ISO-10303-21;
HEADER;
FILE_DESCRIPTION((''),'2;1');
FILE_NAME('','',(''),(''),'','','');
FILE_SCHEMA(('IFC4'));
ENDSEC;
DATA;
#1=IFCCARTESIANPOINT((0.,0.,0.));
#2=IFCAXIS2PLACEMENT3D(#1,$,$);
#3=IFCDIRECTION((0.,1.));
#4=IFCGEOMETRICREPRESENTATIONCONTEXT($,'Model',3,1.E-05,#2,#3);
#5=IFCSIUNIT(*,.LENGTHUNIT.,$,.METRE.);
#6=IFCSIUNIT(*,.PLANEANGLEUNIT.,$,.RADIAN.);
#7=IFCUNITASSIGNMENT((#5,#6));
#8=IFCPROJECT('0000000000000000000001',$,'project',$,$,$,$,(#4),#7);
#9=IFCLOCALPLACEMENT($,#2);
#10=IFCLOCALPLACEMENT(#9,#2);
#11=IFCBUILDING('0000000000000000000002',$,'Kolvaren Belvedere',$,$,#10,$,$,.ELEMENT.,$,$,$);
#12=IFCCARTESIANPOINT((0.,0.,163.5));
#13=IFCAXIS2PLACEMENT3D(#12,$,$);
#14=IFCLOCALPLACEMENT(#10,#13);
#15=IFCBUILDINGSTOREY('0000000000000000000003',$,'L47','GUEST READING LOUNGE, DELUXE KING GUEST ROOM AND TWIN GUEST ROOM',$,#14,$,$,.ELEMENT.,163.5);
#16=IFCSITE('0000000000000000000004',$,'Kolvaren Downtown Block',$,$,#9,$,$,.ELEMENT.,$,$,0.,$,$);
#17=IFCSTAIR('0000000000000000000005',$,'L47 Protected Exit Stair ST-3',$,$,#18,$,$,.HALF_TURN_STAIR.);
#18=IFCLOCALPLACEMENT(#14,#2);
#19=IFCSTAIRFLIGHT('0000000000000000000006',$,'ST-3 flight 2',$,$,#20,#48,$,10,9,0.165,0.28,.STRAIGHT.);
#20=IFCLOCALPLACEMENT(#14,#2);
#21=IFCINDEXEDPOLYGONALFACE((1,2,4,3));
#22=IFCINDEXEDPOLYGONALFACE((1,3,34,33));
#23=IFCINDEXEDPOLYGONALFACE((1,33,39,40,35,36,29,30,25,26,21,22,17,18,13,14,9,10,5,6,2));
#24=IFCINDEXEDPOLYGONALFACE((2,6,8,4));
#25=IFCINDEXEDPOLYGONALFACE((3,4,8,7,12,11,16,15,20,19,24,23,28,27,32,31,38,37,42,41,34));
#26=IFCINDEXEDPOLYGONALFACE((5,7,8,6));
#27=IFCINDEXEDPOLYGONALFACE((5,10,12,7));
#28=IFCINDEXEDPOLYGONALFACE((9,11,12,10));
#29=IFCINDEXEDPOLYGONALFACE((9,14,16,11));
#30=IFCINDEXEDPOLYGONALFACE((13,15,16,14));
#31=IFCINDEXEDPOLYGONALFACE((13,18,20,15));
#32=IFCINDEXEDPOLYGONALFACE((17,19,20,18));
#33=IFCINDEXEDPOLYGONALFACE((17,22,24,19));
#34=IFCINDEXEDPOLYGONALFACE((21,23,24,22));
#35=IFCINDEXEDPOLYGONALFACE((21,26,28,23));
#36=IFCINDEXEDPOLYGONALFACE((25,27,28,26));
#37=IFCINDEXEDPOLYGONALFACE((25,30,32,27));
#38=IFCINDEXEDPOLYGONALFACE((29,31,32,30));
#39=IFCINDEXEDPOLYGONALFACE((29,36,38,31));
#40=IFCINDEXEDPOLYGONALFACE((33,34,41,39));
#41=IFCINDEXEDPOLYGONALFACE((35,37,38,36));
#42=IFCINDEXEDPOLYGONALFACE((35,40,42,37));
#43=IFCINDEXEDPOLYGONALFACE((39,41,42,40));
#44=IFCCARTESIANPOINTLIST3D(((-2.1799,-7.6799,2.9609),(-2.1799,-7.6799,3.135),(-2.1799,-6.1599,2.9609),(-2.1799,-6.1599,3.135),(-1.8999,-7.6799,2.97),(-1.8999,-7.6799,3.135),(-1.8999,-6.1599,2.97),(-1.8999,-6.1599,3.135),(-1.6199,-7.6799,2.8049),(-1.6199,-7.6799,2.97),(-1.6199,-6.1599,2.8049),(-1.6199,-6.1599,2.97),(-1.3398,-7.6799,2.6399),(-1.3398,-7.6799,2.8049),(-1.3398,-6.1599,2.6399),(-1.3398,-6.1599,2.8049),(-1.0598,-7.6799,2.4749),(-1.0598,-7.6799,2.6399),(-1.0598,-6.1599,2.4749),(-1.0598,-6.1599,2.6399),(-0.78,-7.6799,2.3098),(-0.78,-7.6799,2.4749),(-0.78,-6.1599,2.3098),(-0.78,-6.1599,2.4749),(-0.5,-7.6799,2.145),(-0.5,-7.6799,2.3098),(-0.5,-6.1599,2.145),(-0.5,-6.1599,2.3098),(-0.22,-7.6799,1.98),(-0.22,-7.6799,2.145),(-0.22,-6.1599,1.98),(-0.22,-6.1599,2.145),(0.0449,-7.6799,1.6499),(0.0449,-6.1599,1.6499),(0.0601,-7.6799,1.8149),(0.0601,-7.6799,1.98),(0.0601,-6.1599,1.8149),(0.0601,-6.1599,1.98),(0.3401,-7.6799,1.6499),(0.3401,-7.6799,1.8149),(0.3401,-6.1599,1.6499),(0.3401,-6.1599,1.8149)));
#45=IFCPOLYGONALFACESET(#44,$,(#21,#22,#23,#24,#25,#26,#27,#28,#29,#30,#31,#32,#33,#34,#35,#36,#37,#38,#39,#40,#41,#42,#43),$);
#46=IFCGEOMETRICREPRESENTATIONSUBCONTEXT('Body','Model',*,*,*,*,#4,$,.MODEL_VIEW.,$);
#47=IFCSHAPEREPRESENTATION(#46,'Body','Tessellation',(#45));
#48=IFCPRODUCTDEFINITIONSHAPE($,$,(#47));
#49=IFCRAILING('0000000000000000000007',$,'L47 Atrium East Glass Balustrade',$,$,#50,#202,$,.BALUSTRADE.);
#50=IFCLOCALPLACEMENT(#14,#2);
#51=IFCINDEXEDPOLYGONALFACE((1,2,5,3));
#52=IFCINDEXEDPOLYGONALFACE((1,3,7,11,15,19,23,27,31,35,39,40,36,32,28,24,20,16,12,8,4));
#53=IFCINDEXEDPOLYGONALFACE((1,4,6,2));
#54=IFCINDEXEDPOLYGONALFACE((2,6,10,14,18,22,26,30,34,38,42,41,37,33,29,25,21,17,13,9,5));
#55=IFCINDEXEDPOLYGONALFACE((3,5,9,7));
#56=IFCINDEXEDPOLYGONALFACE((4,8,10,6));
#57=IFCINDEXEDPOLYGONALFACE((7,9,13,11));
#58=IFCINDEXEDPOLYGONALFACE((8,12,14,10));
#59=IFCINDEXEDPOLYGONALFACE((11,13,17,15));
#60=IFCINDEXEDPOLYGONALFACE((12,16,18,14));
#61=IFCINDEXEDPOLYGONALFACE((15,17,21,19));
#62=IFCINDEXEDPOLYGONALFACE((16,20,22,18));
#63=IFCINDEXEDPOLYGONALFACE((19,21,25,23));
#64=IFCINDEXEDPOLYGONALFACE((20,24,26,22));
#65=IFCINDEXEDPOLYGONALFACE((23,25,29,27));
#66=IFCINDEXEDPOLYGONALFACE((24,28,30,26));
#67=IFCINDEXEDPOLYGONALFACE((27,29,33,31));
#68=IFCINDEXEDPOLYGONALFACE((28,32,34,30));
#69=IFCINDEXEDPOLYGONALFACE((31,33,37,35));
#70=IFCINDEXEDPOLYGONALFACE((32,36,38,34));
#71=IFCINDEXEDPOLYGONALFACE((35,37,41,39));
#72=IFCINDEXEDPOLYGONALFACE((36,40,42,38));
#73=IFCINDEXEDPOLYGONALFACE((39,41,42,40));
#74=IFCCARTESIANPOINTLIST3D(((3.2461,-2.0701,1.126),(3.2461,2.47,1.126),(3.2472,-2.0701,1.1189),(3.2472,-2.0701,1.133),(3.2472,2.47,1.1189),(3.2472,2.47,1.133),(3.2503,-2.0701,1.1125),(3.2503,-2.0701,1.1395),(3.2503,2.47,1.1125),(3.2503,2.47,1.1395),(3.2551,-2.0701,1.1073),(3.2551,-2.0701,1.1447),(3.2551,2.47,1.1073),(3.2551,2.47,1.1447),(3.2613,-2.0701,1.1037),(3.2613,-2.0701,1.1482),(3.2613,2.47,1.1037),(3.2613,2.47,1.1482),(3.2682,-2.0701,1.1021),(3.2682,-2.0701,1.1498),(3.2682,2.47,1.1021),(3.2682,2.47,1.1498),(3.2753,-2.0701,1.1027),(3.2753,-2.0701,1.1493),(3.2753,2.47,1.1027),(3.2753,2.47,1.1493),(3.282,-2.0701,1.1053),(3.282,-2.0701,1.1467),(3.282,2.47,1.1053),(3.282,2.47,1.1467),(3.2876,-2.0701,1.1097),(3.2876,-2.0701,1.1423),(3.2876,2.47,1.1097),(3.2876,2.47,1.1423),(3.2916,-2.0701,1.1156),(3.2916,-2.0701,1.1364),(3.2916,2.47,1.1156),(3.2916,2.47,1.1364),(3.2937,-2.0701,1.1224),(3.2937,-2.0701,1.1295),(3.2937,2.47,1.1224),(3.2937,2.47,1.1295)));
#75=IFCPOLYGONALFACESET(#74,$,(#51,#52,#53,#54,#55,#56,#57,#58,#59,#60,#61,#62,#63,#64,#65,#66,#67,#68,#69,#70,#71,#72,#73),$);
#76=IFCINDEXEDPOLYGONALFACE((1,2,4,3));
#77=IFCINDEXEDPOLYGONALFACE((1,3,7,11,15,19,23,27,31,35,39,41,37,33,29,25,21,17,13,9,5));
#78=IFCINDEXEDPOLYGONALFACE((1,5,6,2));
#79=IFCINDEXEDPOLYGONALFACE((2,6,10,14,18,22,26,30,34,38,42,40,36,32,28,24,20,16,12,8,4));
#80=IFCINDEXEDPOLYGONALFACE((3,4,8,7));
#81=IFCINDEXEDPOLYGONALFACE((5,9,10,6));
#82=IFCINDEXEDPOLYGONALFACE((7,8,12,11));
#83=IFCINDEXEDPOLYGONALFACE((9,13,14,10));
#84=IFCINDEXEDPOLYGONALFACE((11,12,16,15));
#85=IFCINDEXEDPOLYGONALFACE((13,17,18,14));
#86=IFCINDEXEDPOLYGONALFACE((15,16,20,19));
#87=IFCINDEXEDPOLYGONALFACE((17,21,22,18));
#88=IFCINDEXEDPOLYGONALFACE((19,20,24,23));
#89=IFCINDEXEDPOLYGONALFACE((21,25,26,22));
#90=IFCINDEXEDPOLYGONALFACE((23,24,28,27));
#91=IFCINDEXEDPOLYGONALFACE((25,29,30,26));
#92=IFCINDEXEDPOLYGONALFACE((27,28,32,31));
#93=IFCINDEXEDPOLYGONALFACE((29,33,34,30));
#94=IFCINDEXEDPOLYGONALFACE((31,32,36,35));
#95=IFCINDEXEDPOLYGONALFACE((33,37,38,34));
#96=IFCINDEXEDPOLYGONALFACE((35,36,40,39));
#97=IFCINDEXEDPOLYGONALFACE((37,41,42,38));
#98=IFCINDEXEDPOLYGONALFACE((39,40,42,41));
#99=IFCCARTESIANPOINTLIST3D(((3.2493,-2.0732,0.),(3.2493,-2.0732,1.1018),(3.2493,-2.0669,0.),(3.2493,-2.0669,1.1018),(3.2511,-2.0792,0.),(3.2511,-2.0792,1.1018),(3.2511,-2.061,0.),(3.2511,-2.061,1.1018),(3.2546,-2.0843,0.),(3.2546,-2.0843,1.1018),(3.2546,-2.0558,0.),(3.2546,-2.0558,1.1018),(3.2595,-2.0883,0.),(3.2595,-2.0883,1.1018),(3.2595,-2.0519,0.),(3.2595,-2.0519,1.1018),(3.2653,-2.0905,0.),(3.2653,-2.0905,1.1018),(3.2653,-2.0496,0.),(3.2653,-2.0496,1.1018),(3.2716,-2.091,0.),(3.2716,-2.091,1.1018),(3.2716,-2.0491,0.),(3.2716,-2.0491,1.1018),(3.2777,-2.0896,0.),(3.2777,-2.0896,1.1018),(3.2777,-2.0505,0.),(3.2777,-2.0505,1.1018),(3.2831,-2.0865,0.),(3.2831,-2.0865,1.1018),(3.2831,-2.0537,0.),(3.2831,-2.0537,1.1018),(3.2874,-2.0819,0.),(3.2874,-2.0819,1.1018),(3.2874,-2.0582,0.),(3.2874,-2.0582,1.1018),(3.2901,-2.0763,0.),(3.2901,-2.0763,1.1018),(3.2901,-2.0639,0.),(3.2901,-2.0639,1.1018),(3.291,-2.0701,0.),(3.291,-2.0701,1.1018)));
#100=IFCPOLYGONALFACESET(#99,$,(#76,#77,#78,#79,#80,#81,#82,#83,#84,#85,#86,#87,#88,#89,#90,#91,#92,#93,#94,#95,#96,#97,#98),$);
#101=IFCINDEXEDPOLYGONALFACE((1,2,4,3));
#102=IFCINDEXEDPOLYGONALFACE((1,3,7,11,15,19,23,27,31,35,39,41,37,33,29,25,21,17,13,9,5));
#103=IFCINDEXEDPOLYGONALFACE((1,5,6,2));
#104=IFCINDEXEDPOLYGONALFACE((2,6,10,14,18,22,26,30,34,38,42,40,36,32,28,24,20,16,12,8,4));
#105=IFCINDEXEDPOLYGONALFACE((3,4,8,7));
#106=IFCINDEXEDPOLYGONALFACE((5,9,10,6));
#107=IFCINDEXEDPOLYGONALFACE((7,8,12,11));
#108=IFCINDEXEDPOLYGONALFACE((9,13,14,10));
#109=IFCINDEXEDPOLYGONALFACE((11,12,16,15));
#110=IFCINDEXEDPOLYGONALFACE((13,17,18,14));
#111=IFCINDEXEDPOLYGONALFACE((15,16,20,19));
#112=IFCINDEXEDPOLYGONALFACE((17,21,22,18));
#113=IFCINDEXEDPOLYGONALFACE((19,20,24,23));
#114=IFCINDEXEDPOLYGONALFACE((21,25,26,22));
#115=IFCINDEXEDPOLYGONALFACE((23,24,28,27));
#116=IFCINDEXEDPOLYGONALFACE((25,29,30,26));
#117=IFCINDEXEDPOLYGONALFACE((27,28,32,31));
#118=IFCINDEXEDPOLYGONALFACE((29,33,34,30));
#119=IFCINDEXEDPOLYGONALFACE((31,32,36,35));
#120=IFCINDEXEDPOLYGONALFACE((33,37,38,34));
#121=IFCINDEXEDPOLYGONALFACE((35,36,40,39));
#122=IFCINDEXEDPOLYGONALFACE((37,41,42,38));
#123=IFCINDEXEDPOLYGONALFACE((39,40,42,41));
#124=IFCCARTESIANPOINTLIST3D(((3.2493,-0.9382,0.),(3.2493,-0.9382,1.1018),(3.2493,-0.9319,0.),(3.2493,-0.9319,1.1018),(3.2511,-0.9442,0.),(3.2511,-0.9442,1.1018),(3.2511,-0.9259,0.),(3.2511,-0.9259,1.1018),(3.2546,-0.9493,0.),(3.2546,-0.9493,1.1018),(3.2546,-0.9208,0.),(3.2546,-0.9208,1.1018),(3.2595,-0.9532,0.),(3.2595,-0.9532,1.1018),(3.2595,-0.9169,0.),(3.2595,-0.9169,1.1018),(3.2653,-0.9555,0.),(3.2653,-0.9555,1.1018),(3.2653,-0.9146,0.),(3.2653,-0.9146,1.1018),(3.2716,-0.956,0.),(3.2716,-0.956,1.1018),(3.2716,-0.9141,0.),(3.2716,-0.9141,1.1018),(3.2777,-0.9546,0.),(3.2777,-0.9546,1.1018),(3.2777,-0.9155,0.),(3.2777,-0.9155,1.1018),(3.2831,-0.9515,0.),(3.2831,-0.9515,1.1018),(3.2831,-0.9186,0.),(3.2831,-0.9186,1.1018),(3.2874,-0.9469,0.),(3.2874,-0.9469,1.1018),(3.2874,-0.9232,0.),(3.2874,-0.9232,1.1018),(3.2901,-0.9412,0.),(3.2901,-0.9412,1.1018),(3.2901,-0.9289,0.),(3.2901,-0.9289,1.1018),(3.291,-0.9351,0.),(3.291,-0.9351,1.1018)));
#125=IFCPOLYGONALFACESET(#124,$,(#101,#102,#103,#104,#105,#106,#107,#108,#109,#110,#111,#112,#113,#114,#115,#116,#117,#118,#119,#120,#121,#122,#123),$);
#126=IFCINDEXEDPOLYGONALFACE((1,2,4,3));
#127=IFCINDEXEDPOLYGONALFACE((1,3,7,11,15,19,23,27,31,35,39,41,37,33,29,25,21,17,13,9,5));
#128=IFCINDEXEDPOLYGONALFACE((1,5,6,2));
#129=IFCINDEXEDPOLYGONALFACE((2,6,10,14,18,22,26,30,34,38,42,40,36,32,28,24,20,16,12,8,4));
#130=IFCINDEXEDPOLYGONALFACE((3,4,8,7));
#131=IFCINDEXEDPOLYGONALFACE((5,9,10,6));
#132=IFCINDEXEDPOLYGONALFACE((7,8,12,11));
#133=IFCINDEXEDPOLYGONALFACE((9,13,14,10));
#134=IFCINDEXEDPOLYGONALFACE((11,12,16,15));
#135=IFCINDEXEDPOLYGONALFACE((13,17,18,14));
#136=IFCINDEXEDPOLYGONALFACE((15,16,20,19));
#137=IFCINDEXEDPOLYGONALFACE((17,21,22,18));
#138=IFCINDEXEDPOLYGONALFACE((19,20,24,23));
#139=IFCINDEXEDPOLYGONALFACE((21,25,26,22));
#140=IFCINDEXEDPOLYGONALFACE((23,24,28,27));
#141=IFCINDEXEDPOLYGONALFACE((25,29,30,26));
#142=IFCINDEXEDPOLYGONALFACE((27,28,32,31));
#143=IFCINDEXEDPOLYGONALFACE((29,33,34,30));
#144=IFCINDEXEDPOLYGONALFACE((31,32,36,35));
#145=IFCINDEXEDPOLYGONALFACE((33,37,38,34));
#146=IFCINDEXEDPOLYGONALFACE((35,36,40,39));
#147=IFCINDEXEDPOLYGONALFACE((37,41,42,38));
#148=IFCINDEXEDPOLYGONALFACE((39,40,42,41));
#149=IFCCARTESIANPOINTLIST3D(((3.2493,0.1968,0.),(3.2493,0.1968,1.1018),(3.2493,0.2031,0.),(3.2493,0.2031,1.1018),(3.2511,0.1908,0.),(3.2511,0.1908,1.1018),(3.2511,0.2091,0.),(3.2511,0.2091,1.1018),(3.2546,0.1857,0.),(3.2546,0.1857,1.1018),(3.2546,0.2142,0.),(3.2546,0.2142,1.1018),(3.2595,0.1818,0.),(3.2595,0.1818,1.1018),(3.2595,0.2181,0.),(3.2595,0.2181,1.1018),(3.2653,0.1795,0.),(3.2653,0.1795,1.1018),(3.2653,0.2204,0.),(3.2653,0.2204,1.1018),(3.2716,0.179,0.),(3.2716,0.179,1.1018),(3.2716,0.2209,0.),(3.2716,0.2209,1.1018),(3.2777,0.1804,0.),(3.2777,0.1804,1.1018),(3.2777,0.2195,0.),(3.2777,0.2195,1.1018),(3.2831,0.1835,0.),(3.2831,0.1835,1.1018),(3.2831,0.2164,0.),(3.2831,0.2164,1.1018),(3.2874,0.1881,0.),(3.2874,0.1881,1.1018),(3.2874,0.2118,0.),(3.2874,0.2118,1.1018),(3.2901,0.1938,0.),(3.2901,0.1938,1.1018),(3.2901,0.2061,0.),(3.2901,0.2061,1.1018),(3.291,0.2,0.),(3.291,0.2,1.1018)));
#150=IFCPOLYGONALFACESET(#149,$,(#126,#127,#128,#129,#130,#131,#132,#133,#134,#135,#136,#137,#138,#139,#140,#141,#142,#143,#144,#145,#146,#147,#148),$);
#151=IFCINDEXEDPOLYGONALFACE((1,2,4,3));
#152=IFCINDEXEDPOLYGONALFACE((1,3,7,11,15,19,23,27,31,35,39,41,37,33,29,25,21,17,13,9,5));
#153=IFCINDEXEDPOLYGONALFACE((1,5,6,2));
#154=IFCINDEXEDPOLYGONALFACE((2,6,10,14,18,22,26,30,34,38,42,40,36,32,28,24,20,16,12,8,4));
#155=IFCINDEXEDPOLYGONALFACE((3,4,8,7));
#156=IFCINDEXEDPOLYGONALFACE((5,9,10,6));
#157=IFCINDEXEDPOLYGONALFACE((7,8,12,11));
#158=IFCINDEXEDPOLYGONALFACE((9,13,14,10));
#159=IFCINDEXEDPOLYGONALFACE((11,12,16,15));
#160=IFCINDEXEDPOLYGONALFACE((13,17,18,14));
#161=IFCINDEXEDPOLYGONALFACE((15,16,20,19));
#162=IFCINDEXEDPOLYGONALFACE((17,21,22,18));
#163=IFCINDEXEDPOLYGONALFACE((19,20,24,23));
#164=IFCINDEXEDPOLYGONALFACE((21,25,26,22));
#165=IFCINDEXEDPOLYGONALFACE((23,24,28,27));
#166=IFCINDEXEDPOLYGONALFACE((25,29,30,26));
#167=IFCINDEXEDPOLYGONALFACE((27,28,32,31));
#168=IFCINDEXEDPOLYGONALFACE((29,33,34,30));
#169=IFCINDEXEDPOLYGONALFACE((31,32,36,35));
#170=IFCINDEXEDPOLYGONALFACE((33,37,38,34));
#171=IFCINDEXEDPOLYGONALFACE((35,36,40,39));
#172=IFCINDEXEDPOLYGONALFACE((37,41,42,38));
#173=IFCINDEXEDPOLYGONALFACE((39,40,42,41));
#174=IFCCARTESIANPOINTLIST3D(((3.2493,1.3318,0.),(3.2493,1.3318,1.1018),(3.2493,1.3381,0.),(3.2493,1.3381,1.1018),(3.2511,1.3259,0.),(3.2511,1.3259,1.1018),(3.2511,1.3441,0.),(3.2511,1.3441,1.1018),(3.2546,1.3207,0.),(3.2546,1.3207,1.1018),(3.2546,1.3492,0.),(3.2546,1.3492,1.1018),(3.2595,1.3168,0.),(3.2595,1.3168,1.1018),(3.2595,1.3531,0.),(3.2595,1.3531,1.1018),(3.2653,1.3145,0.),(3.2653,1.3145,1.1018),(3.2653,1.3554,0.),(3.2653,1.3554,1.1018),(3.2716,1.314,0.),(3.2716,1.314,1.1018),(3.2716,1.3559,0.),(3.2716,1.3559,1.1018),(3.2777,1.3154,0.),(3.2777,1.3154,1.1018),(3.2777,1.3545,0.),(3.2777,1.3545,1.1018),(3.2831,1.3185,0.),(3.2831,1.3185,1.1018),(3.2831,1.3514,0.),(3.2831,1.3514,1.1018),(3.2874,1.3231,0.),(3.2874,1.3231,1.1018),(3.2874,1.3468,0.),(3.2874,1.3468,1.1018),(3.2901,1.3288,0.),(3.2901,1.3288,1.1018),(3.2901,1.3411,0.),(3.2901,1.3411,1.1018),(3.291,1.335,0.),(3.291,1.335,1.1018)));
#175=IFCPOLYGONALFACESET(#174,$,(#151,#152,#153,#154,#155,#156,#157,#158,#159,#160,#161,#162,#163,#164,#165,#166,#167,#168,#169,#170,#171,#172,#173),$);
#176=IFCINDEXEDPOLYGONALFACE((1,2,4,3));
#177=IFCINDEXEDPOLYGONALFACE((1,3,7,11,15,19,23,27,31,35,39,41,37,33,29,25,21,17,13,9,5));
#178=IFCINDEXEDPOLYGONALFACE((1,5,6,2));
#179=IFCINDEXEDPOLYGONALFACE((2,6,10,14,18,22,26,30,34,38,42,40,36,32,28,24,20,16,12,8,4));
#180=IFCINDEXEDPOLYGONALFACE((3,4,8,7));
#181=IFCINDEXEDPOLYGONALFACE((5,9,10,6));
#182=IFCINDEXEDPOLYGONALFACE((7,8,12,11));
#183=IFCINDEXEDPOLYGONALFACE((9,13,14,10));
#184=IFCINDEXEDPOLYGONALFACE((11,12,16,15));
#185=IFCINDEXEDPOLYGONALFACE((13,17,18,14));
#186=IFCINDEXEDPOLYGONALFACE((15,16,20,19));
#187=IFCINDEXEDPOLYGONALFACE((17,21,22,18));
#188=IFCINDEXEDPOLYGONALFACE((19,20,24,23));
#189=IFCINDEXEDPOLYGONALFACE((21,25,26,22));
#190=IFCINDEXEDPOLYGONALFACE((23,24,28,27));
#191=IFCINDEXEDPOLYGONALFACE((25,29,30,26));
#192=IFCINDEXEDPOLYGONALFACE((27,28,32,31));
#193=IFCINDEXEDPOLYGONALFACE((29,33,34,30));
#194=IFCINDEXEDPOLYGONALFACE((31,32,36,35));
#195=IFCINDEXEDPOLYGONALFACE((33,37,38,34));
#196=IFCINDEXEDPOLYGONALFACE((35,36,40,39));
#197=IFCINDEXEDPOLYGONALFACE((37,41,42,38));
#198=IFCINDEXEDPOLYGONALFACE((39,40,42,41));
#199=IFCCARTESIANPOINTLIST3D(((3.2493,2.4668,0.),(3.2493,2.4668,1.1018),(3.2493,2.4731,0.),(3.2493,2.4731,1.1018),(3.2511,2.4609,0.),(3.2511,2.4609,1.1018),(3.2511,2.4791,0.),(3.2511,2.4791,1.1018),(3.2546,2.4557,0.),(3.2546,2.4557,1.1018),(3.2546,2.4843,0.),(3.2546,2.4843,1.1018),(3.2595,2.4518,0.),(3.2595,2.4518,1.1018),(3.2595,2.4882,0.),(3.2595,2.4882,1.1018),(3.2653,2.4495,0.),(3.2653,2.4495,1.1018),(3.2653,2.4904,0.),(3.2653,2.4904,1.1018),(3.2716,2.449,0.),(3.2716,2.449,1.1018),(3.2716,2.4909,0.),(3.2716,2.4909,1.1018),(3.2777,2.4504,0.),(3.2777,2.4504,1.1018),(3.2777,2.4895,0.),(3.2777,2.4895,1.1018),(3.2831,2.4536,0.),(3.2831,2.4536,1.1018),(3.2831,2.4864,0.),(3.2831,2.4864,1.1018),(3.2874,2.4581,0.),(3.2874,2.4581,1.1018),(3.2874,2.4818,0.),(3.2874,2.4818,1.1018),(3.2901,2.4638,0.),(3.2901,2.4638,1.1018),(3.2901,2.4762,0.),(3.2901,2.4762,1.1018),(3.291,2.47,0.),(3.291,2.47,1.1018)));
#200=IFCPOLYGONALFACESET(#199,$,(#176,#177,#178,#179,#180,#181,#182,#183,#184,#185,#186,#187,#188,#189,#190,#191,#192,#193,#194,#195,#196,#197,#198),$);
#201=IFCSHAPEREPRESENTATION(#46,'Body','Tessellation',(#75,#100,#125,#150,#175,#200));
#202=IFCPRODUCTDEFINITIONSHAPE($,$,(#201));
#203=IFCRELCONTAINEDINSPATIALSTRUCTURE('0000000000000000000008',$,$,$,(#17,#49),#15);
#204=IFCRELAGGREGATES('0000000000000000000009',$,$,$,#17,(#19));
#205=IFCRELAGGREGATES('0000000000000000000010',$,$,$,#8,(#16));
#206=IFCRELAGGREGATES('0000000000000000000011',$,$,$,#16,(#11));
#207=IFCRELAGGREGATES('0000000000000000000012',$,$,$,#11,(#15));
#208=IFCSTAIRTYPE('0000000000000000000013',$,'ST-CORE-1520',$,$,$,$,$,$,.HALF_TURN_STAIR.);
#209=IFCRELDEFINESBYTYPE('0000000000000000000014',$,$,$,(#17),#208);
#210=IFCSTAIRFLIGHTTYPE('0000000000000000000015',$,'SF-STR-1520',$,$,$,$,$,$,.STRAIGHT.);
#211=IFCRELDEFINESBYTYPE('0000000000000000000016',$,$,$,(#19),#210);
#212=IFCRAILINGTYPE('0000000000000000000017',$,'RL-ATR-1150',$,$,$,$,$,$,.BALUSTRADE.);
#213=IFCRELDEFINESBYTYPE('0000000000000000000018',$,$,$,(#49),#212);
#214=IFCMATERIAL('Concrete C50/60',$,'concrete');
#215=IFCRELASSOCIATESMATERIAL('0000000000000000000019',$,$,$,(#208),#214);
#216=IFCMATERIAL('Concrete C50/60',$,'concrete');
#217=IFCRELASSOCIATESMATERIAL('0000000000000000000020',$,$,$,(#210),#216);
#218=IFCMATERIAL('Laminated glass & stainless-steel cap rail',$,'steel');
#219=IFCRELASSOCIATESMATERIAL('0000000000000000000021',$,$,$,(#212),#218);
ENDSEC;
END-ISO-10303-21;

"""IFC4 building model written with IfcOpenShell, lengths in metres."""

from ifc_helpers import new_model, si_unit, direction, frame, origin, origin_2d, place, context, subcontext, project, spatial, polyline, circle, outline, extrude, material, type_object, element, aggregate, save


model = new_model("IFC4")

# Units and contexts
model_context = context("Model", 3, precision=1e-05, world=origin(), true_north=direction((0.0, 1.0)))
body_context = subcontext(model_context, "Body", "Model", "MODEL_VIEW")
ifc_project = project(units=[si_unit("LENGTHUNIT", "METRE"), si_unit("PLANEANGLEUNIT", "RADIAN")], contexts=[model_context])

# Site, building, storey
site_placement = place(None, origin())
site = spatial("IfcSite", under=ifc_project, at=site_placement, Name="Kolvaren Downtown Block", CompositionType="ELEMENT", RefElevation=0.0)
building_placement = place(site_placement, origin())
building = spatial("IfcBuilding", under=site, at=building_placement, Name="Kolvaren Belvedere", CompositionType="ELEMENT")
storey_placement = place(building_placement, frame((0.0, 0.0, 163.5)))
storey = spatial("IfcBuildingStorey", under=building, at=storey_placement, Name="L47", Description="GUEST READING LOUNGE, DELUXE KING GUEST ROOM AND TWIN GUEST ROOM", CompositionType="ELEMENT", Elevation=163.5)

# Stair
ifc_material_1 = material(Name="Concrete C50/60", Category="concrete")
stair_type = type_object("IfcStairType", Name="ST-CORE-1520", PredefinedType="HALF_TURN_STAIR", material=ifc_material_1)
stair_1_placement = place(storey_placement, origin())
stair_1 = element("IfcStair", 1, at=stair_1_placement, inside=storey, type_object=stair_type, Name="L47 Protected Exit Stair ST-3", PredefinedType="HALF_TURN_STAIR")

# Stair flight
ifc_material_2 = material(Name="Concrete C50/60", Category="concrete")
stair_flight_type = type_object("IfcStairFlightType", Name="SF-STR-1520", PredefinedType="STRAIGHT", material=ifc_material_2)
stair_flight_placement = place(storey_placement, frame((0.3401, -6.9199, 1.6499), z_axis=(0.0, 0.0, 1.0), x_axis=(-1.0, 0.0, 0.0)))
stair_flight = element("IfcStairFlight", 2, at=stair_flight_placement, type_object=stair_flight_type, Name="ST-3 flight 2", NumberOfRisers=10, NumberOfTreads=9, PredefinedType="STRAIGHT", RiserHeight=0.165, TreadLength=0.28, context=body_context, shape_type="SweptSolid", body=[
    extrude(outline(polyline([(0.0, 0.0), (0.0, 0.165), (0.28, 0.165), (0.28, 0.3301), (0.5601, 0.3301), (0.5601, 0.4951), (0.8401, 0.4951), (0.8401, 0.6599), (1.1201, 0.6599), (1.1201, 0.825), (1.3999, 0.825), (1.3999, 0.99), (1.6799, 0.99), (1.6799, 1.155), (1.96, 1.155), (1.96, 1.3201), (2.24, 1.3201), (2.24, 1.4851), (2.52, 1.4851), (2.52, 1.6499), (2.52, 1.311), (0.2952, 0.0), (0.0, 0.0)])), frame((0.0, 0.76, 0.0), z_axis=(0.0, -1.0, 0.0), x_axis=(1.0, 0.0, 0.0)), (0.0, 0.0, 1.0), 1.52),
])
aggregate(stair_1, [stair_flight])

# Railing
ifc_material_3 = material(Name="Laminated glass & stainless-steel cap rail", Category="steel")
railing_type_1 = type_object("IfcRailingType", Name="RL-ATR-1150", PredefinedType="BALUSTRADE", material=ifc_material_3)
railing_1_placement = place(storey_placement, frame((3.27, -2.0701, 0.0)))
element("IfcRailing", 3, at=railing_1_placement, inside=storey, type_object=railing_type_1, Name="L47 Atrium East Glass Balustrade", PredefinedType="BALUSTRADE", context=body_context, shape_type="SweptSolid", body=[
    extrude(circle(Radius=0.0239, at=origin_2d()), frame((0.0, 0.0, 1.126), z_axis=(0.0, 1.0, 0.0), x_axis=(-1.0, 0.0, 0.0)), (0.0, 0.0, 1.0), 4.54),
    extrude(circle(Radius=0.021, at=origin_2d()), origin(), (0.0, 0.0, 1.0), 1.1018),
    extrude(circle(Radius=0.021, at=origin_2d()), frame((0.0, 1.135, 0.0)), (0.0, 0.0, 1.0), 1.1018),
    extrude(circle(Radius=0.021, at=origin_2d()), frame((0.0, 2.27, 0.0)), (0.0, 0.0, 1.0), 1.1018),
    extrude(circle(Radius=0.021, at=origin_2d()), frame((0.0, 3.405, 0.0)), (0.0, 0.0, 1.0), 1.1018),
    extrude(circle(Radius=0.021, at=origin_2d()), frame((0.0, 4.54, 0.0)), (0.0, 0.0, 1.0), 1.1018),
])

save(model, "model.ifc")
